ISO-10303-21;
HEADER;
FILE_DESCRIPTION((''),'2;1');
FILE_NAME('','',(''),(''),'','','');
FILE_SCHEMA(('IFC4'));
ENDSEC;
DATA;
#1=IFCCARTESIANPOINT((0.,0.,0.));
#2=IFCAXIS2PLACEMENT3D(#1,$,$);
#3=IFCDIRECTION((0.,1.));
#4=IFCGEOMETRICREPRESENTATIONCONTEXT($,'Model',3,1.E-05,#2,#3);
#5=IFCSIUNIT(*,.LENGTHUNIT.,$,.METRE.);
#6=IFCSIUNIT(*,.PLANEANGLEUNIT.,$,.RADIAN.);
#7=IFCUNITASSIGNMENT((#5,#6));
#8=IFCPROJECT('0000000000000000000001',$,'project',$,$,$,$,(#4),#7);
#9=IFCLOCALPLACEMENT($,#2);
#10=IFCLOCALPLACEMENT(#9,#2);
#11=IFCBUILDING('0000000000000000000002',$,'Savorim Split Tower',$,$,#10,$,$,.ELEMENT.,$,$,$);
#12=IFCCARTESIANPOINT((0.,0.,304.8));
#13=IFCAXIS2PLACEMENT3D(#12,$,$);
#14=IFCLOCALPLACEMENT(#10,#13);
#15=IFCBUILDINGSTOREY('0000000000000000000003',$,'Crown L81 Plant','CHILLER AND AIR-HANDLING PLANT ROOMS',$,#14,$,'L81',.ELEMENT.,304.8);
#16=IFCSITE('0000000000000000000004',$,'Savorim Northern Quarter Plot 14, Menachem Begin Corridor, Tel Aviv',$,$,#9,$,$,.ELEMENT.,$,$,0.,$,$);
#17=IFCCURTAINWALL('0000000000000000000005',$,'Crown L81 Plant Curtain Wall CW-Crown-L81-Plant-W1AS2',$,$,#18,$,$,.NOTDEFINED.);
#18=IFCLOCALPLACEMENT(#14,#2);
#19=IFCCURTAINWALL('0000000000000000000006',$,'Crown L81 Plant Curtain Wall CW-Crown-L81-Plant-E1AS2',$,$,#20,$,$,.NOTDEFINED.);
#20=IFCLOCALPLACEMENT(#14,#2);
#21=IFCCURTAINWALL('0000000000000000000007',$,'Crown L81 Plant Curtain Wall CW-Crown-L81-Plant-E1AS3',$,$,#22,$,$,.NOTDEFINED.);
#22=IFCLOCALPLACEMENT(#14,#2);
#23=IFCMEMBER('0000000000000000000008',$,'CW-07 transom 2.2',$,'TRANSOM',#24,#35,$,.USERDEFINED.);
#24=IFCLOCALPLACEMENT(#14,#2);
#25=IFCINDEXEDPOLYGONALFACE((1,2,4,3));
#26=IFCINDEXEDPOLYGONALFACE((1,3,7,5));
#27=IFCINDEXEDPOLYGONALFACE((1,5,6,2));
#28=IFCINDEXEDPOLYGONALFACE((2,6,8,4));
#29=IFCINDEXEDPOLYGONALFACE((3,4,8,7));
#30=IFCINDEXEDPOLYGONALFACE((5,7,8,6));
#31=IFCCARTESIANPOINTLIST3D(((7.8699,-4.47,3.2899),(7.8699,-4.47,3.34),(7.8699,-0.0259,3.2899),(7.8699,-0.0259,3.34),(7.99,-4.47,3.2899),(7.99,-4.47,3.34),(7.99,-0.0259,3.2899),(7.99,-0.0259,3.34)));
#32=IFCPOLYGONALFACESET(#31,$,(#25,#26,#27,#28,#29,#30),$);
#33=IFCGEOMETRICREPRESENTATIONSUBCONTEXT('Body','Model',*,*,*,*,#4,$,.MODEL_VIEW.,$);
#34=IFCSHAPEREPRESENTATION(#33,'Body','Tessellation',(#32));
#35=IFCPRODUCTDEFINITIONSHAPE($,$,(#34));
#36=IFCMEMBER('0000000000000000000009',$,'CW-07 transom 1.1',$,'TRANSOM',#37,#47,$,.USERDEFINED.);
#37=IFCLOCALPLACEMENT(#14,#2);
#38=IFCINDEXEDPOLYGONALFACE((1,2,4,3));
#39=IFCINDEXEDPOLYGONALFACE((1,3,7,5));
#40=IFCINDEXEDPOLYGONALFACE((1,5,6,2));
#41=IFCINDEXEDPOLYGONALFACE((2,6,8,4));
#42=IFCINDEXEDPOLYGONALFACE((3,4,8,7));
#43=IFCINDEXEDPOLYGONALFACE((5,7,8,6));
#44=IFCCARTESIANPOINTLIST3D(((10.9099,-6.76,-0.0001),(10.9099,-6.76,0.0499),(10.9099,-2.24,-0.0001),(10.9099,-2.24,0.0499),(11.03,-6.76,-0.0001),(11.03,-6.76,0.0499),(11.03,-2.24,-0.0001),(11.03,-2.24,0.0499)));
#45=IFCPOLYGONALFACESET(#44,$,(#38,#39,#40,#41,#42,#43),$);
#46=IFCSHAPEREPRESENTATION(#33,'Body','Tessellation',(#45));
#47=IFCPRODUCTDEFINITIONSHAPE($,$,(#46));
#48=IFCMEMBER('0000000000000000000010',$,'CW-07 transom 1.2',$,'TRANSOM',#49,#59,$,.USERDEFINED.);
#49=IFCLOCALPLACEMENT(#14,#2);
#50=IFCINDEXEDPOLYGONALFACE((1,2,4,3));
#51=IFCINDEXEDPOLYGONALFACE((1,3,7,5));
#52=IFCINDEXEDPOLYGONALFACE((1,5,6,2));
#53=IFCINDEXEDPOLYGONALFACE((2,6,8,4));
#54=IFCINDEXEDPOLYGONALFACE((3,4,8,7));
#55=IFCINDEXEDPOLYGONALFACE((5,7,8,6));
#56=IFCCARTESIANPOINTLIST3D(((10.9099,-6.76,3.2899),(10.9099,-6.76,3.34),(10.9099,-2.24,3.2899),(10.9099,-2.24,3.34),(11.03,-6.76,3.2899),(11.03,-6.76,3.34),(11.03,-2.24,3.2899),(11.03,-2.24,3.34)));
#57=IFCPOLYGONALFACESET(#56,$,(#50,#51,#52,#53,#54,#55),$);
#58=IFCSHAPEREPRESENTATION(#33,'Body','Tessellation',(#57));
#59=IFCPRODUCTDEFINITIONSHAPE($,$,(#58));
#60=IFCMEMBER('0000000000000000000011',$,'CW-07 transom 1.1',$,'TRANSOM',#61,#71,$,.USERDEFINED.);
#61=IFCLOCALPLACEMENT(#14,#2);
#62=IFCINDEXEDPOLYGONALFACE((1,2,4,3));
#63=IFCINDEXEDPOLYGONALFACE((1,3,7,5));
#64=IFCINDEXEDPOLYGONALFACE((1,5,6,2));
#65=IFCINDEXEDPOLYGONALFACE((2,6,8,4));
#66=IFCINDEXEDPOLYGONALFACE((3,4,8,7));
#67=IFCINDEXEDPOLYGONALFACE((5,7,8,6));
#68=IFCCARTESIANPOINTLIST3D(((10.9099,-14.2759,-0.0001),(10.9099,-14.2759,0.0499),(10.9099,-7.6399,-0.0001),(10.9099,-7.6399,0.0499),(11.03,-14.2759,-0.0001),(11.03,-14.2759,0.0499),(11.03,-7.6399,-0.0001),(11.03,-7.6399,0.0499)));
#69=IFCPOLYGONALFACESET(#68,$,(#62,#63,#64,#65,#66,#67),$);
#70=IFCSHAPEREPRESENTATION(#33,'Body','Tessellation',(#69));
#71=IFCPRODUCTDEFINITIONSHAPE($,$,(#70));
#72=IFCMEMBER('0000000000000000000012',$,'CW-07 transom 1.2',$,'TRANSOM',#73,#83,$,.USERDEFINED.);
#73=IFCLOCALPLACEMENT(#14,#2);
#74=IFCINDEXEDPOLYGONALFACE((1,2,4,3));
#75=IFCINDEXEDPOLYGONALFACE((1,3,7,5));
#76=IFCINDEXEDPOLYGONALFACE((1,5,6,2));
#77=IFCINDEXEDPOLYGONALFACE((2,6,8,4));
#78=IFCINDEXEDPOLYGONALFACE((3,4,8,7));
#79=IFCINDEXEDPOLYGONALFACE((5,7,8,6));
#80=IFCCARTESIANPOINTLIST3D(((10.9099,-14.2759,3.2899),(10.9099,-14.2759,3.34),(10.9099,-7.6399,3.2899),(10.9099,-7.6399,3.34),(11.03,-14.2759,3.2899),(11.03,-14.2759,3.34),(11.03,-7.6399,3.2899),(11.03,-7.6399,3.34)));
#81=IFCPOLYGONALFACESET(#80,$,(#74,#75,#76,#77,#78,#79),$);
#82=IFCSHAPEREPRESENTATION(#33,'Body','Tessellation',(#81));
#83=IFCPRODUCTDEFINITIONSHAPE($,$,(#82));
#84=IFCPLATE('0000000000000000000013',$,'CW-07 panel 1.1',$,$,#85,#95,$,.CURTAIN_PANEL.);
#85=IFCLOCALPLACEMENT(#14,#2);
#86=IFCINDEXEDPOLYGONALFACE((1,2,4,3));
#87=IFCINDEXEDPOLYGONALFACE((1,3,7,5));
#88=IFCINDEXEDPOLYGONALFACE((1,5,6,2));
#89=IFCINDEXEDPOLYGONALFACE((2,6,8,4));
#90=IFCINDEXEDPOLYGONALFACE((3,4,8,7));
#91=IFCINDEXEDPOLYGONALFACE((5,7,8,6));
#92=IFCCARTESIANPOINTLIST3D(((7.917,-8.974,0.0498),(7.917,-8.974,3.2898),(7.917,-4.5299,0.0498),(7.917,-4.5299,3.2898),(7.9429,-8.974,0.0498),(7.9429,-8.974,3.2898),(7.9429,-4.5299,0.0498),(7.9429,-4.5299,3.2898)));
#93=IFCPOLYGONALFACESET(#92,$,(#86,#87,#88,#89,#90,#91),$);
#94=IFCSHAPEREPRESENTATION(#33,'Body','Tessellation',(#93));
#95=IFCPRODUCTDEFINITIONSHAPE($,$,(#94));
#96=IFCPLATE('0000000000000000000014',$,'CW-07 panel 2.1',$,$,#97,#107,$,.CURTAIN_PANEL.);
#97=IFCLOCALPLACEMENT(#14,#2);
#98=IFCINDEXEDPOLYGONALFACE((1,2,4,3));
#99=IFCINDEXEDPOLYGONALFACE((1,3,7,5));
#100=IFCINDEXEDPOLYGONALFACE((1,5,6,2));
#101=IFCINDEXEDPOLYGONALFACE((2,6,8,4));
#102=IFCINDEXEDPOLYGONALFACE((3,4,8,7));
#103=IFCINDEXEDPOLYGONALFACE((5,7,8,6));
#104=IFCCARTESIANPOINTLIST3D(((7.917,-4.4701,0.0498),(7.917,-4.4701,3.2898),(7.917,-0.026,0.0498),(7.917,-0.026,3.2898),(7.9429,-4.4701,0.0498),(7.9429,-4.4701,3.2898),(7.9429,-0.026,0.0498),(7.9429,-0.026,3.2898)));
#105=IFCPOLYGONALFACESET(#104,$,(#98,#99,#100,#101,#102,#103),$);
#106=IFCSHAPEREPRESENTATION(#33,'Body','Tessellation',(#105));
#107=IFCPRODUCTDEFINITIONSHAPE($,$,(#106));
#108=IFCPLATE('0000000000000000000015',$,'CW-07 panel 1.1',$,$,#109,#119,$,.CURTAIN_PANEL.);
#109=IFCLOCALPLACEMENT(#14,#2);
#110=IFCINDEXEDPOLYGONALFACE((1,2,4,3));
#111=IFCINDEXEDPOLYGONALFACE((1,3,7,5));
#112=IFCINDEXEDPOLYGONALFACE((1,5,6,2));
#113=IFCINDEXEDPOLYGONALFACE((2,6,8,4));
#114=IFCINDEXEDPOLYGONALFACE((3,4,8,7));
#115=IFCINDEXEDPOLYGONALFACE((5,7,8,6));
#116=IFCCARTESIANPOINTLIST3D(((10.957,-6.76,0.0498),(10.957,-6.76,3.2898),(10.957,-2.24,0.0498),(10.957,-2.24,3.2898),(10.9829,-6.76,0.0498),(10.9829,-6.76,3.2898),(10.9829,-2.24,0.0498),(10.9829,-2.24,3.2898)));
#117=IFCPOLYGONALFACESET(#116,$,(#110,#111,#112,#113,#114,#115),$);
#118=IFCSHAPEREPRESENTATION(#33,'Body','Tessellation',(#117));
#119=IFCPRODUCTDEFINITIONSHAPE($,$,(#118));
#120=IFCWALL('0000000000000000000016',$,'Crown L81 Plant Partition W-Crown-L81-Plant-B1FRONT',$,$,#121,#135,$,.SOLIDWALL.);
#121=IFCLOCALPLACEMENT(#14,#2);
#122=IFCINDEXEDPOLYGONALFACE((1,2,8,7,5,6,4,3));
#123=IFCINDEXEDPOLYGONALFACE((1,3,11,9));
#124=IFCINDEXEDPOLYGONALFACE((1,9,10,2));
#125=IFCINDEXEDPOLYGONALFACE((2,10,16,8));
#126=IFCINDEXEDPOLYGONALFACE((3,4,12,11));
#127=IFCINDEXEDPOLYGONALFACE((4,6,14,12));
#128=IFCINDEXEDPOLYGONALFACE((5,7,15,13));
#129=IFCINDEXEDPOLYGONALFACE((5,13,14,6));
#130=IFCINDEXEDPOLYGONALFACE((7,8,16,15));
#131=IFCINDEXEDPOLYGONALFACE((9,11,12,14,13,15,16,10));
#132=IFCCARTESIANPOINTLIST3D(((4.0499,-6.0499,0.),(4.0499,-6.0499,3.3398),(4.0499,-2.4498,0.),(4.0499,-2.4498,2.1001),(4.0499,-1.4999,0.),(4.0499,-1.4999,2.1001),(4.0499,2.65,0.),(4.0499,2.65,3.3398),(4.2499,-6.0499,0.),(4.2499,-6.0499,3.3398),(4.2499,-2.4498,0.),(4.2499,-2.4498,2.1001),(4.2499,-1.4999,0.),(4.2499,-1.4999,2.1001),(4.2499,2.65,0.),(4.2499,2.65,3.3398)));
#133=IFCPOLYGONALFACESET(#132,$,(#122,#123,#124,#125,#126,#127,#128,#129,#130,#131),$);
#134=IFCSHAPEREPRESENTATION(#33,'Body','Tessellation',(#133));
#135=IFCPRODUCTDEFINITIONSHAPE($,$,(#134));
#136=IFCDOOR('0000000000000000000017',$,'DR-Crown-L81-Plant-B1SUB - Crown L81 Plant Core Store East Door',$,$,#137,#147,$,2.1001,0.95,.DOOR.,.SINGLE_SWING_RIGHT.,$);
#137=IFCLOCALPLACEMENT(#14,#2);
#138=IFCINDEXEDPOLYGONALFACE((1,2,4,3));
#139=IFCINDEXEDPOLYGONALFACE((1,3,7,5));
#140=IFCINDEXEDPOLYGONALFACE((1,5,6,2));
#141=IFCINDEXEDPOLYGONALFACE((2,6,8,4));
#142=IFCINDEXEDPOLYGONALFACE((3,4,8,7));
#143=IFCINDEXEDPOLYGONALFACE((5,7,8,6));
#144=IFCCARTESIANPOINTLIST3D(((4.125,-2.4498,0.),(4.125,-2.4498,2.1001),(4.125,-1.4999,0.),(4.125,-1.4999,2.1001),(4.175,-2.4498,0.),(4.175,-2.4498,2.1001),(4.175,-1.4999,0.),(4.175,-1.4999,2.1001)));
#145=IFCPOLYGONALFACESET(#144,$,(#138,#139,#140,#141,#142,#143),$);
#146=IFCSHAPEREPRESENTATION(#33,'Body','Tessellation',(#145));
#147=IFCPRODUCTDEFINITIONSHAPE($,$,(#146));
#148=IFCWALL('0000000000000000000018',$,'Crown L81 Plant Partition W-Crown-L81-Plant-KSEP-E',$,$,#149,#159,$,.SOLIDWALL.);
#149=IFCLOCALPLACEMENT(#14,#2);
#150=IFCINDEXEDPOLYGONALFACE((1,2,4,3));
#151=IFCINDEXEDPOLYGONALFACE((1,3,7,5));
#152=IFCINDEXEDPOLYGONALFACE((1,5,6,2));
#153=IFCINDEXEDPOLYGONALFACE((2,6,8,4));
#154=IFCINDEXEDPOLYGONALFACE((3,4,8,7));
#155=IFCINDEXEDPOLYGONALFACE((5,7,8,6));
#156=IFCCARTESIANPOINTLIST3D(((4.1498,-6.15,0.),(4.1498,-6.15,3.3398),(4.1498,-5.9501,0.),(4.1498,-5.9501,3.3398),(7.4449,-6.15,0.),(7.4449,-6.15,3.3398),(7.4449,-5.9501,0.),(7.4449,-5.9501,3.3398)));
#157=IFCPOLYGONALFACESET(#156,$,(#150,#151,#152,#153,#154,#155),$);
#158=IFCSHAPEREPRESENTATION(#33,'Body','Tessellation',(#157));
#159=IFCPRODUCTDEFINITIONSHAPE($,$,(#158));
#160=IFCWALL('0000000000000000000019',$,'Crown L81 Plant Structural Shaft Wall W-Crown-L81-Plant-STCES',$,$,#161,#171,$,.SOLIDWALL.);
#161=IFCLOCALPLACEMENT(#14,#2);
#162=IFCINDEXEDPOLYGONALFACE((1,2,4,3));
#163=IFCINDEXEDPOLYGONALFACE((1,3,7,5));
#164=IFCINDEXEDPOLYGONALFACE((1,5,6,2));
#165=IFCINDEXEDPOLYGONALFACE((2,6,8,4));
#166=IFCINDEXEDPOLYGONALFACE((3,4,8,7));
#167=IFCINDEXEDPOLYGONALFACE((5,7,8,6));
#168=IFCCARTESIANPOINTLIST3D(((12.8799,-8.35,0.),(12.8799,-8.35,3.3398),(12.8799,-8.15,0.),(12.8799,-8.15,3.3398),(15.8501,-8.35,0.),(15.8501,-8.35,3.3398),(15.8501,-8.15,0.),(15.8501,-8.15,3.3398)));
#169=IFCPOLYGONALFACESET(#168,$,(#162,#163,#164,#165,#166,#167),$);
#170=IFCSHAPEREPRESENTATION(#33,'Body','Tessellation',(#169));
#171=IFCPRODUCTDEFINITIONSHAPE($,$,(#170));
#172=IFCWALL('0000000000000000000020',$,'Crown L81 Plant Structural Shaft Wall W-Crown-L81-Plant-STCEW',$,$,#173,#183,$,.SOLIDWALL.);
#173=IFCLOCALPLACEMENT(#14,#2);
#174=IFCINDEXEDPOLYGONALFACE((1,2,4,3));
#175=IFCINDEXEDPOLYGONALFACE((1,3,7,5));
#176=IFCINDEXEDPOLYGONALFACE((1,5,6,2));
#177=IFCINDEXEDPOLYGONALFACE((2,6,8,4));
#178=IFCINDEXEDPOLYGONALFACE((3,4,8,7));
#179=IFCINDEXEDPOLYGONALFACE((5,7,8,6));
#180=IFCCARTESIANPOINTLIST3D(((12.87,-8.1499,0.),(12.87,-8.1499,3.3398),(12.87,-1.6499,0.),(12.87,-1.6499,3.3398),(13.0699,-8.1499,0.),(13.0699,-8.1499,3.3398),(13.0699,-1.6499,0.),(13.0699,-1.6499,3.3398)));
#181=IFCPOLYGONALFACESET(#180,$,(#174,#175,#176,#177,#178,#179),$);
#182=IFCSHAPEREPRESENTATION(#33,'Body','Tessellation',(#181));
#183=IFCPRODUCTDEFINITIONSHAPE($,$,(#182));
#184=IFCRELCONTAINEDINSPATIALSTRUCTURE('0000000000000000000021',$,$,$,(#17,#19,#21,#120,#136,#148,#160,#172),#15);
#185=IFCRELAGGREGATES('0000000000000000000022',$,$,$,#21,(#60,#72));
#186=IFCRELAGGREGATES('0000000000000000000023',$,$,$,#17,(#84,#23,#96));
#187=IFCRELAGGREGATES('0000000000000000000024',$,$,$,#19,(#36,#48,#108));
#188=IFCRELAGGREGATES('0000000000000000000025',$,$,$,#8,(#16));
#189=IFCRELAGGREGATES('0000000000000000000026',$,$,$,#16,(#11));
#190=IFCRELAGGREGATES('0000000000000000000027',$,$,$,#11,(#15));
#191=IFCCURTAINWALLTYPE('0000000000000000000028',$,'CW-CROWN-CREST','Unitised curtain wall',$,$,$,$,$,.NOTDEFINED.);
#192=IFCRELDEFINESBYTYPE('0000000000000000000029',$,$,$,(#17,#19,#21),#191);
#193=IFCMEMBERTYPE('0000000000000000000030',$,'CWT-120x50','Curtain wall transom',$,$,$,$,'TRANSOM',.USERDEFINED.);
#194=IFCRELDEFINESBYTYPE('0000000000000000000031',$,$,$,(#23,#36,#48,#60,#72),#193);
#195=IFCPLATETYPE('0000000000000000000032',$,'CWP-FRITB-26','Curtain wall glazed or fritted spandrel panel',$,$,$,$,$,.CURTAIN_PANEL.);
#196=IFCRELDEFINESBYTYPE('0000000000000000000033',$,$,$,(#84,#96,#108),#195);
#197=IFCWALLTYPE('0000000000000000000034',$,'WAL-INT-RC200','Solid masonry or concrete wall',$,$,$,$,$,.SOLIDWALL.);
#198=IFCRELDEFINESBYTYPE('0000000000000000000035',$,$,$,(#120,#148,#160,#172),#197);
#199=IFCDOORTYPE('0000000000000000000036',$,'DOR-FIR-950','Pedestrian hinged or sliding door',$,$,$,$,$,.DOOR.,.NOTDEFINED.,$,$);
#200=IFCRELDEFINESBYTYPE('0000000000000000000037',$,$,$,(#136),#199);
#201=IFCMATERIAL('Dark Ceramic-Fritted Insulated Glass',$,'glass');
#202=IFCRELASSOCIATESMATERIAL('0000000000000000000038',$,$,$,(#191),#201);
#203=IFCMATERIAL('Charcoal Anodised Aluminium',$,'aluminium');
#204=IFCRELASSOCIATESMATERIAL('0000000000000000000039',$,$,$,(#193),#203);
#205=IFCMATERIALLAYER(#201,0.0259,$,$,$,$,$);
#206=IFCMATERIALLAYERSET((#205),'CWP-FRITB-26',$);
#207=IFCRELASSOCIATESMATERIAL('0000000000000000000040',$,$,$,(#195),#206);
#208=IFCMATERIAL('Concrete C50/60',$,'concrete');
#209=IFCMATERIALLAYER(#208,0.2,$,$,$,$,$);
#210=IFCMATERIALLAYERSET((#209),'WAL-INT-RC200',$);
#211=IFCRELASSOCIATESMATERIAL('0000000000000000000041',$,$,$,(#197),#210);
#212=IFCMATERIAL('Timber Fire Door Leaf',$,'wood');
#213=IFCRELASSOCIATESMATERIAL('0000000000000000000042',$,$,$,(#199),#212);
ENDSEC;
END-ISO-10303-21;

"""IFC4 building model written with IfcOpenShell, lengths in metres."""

from ifc_helpers import new_model, si_unit, direction, frame, frame_2d, origin, origin_2d, place, context, subcontext, project, spatial, rectangle, extrude, material, layer, layer_set, material_profile, profile_set, type_object, element, fill, aggregate, save


model = new_model("IFC4")

# Units and contexts
model_context = context("Model", 3, precision=1e-05, world=origin(), true_north=direction((0.0, 1.0)))
body_context = subcontext(model_context, "Body", "Model", "MODEL_VIEW")
ifc_project = project(units=[si_unit("LENGTHUNIT", "METRE"), si_unit("PLANEANGLEUNIT", "RADIAN")], contexts=[model_context])

# Site, building, storey
site_placement = place(None, origin())
site = spatial("IfcSite", under=ifc_project, at=site_placement, Name="Savorim Northern Quarter Plot 14, Menachem Begin Corridor, Tel Aviv", CompositionType="ELEMENT", RefElevation=0.0)
building_placement = place(site_placement, origin())
building = spatial("IfcBuilding", under=site, at=building_placement, Name="Savorim Split Tower", CompositionType="ELEMENT")
storey_placement = place(building_placement, frame((0.0, 0.0, 304.8)))
storey = spatial("IfcBuildingStorey", under=building, at=storey_placement, Name="Crown L81 Plant", Description="CHILLER AND AIR-HANDLING PLANT ROOMS", LongName="L81", CompositionType="ELEMENT", Elevation=304.8)

# Curtain wall
ifc_material_1 = material(Name="Dark Ceramic-Fritted Insulated Glass", Category="glass")
curtain_wall_type = type_object("IfcCurtainWallType", Name="CW-CROWN-CREST", Description="Unitised curtain wall", PredefinedType="NOTDEFINED", material=ifc_material_1)
curtain_wall_1_placement = place(storey_placement, origin())
curtain_wall_1 = element("IfcCurtainWall", 1, at=curtain_wall_1_placement, inside=storey, type_object=curtain_wall_type, Name="Crown L81 Plant Curtain Wall CW-Crown-L81-Plant-W1AS2", PredefinedType="NOTDEFINED")
ifc_material_2 = material(Name="Charcoal Anodised Aluminium", Category="aluminium")

# Curtain walls
curtain_wall_2_placement = place(storey_placement, origin())
curtain_wall_2 = element("IfcCurtainWall", 2, at=curtain_wall_2_placement, inside=storey, type_object=curtain_wall_type, Name="Crown L81 Plant Curtain Wall CW-Crown-L81-Plant-E1AS2", PredefinedType="NOTDEFINED")
curtain_wall_3_placement = place(storey_placement, origin())
curtain_wall_3 = element("IfcCurtainWall", 3, at=curtain_wall_3_placement, inside=storey, type_object=curtain_wall_type, Name="Crown L81 Plant Curtain Wall CW-Crown-L81-Plant-E1AS3", PredefinedType="NOTDEFINED")

# Members
ifc_material_profile_1 = material_profile(ifc_material_2, rectangle(XDim=0.1201, YDim=0.05, at=origin_2d()), Name="ALU-T 120x50")
ifc_profile_set_1 = profile_set([ifc_material_profile_1], Name="Charcoal Anodised Aluminium")
member_type_1 = type_object("IfcMemberType", Name="CWT-120x50", Description="Curtain wall transom", ElementType="TRANSOM", PredefinedType="USERDEFINED", material=ifc_profile_set_1)
member_1_placement = place(storey_placement, frame((7.9299, -4.47, 3.3149), z_axis=(0.0, 1.0, 0.0), x_axis=(-1.0, 0.0, 0.0)))
member_1 = element("IfcMember", 4, at=member_1_placement, type_object=member_type_1, Name="CW-07 transom 2.2", ObjectType="TRANSOM", PredefinedType="USERDEFINED", context=body_context, shape_type="SweptSolid", body=[
    extrude(rectangle(XDim=0.1201, YDim=0.05, at=origin_2d()), origin(), (0.0, 0.0, 1.0), 4.4441),
])
member_2_placement = place(storey_placement, frame((10.97, -2.24, 0.0249), z_axis=(0.0, -1.0, 0.0), x_axis=(1.0, 0.0, 0.0)))
member_2 = element("IfcMember", 5, at=member_2_placement, type_object=member_type_1, Name="CW-07 transom 1.1", ObjectType="TRANSOM", PredefinedType="USERDEFINED", context=body_context, shape_type="SweptSolid", body=[
    extrude(rectangle(XDim=0.1201, YDim=0.05, at=origin_2d()), origin(), (0.0, 0.0, 1.0), 4.52),
])
member_3_placement = place(storey_placement, frame((10.97, -2.24, 3.3149), z_axis=(0.0, -1.0, 0.0), x_axis=(1.0, 0.0, 0.0)))
member_3 = element("IfcMember", 6, at=member_3_placement, type_object=member_type_1, Name="CW-07 transom 1.2", ObjectType="TRANSOM", PredefinedType="USERDEFINED", context=body_context, shape_type="SweptSolid", body=[
    extrude(rectangle(XDim=0.1201, YDim=0.05, at=origin_2d()), origin(), (0.0, 0.0, 1.0), 4.52),
])
member_4_placement = place(storey_placement, frame((10.97, -7.6399, 0.0249), z_axis=(0.0, -1.0, 0.0), x_axis=(1.0, 0.0, 0.0)))
member_4 = element("IfcMember", 7, at=member_4_placement, type_object=member_type_1, Name="CW-07 transom 1.1", ObjectType="TRANSOM", PredefinedType="USERDEFINED", context=body_context, shape_type="SweptSolid", body=[
    extrude(rectangle(XDim=0.1201, YDim=0.05, at=origin_2d()), origin(), (0.0, 0.0, 1.0), 6.636),
])
member_5_placement = place(storey_placement, frame((10.97, -7.6399, 3.3149), z_axis=(0.0, -1.0, 0.0), x_axis=(1.0, 0.0, 0.0)))
member_5 = element("IfcMember", 8, at=member_5_placement, type_object=member_type_1, Name="CW-07 transom 1.2", ObjectType="TRANSOM", PredefinedType="USERDEFINED", context=body_context, shape_type="SweptSolid", body=[
    extrude(rectangle(XDim=0.1201, YDim=0.05, at=origin_2d()), origin(), (0.0, 0.0, 1.0), 6.636),
])
aggregate(curtain_wall_3, [member_4, member_5])

# Plates
ifc_layer_1 = layer(ifc_material_1, 0.0259)
ifc_layer_set_1 = layer_set([ifc_layer_1], Name="CWP-FRITB-26")
plate_type = type_object("IfcPlateType", Name="CWP-FRITB-26", Description="Curtain wall glazed or fritted spandrel panel", PredefinedType="CURTAIN_PANEL", material=ifc_layer_set_1)
plate_1_placement = place(storey_placement, frame((7.9299, -6.752, 0.0498), z_axis=(0.0, 0.0, 1.0), x_axis=(0.0, 1.0, 0.0)))
plate_1 = element("IfcPlate", 9, at=plate_1_placement, type_object=plate_type, Name="CW-07 panel 1.1", PredefinedType="CURTAIN_PANEL", context=body_context, shape_type="SweptSolid", body=[
    extrude(rectangle(XDim=4.4441, YDim=0.0259, at=origin_2d()), origin(), (0.0, 0.0, 1.0), 3.24),
])
plate_2_placement = place(storey_placement, frame((7.9299, -2.248, 0.0498), z_axis=(0.0, 0.0, 1.0), x_axis=(0.0, 1.0, 0.0)))
plate_2 = element("IfcPlate", 10, at=plate_2_placement, type_object=plate_type, Name="CW-07 panel 2.1", PredefinedType="CURTAIN_PANEL", context=body_context, shape_type="SweptSolid", body=[
    extrude(rectangle(XDim=4.4441, YDim=0.0259, at=origin_2d()), origin(), (0.0, 0.0, 1.0), 3.24),
])
aggregate(curtain_wall_1, [plate_1, member_1, plate_2])
plate_3_placement = place(storey_placement, frame((10.97, -4.5, 0.0498), z_axis=(0.0, 0.0, 1.0), x_axis=(0.0, -1.0, 0.0)))
plate_3 = element("IfcPlate", 11, at=plate_3_placement, type_object=plate_type, Name="CW-07 panel 1.1", PredefinedType="CURTAIN_PANEL", context=body_context, shape_type="SweptSolid", body=[
    extrude(rectangle(XDim=4.52, YDim=0.0259, at=origin_2d()), origin(), (0.0, 0.0, 1.0), 3.24),
])
aggregate(curtain_wall_2, [member_2, member_3, plate_3])

# Wall, opening, door
ifc_material_3 = material(Name="Concrete C50/60", Category="concrete")
ifc_layer_2 = layer(ifc_material_3, 0.2)
ifc_layer_set_2 = layer_set([ifc_layer_2], Name="WAL-INT-RC200")
wall_type = type_object("IfcWallType", Name="WAL-INT-RC200", Description="Solid masonry or concrete wall", PredefinedType="SOLIDWALL", material=ifc_layer_set_2)
wall_1_placement = place(storey_placement, frame((4.1499, -6.05, 0.0), z_axis=(0.0, 0.0, 1.0), x_axis=(0.0, 1.0, 0.0)))
wall_1 = element("IfcWall", 12, at=wall_1_placement, inside=storey, type_object=wall_type, Name="Crown L81 Plant Partition W-Crown-L81-Plant-B1FRONT", PredefinedType="SOLIDWALL", context=body_context, shape_type="SweptSolid", body=[
    extrude(rectangle(XDim=8.7, YDim=0.2, at=frame_2d((4.3501, 0.0))), origin(), (0.0, 0.0, 1.0), 3.3398),
])
opening_placement = place(wall_1_placement, frame((3.6001, 0.0, 0.0)))
opening = element("IfcOpeningElement", 13, at=opening_placement, cuts=wall_1, PredefinedType="OPENING", context=body_context, shape_type="SweptSolid", body=[
    extrude(rectangle(XDim=0.95, YDim=2.1001, at=frame_2d((0.4751, 1.05))), frame((0.0, 0.1099, 0.0), z_axis=(0.0, -1.0, 0.0), x_axis=(1.0, 0.0, 0.0)), (0.0, 0.0, 1.0), 0.22),
])
ifc_material_4 = material(Name="Timber Fire Door Leaf", Category="wood")
door_type = type_object("IfcDoorType", Name="DOR-FIR-950", Description="Pedestrian hinged or sliding door", OperationType="NOTDEFINED", PredefinedType="DOOR", material=ifc_material_4)
door_placement = place(opening_placement, origin())
door = element("IfcDoor", 14, at=door_placement, inside=storey, type_object=door_type, Name="DR-Crown-L81-Plant-B1SUB - Crown L81 Plant Core Store East Door", OperationType="SINGLE_SWING_RIGHT", OverallHeight=2.1001, OverallWidth=0.95, PredefinedType="DOOR", context=body_context, shape_type="SweptSolid", body=[
    extrude(rectangle(XDim=0.95, YDim=2.1001, at=frame_2d((0.4751, 1.05))), frame((0.0, 0.0249, 0.0), z_axis=(0.0, -1.0, 0.0), x_axis=(1.0, 0.0, 0.0)), (0.0, 0.0, 1.0), 0.05),
])
fill(opening, door)

# Walls
wall_2_placement = place(storey_placement, frame((4.1499, -6.05, 0.0), z_axis=(0.0, 0.0, 1.0), x_axis=(1.0, 0.0, 0.0)))
element("IfcWall", 15, at=wall_2_placement, inside=storey, type_object=wall_type, Name="Crown L81 Plant Partition W-Crown-L81-Plant-KSEP-E", PredefinedType="SOLIDWALL", context=body_context, shape_type="SweptSolid", body=[
    extrude(rectangle(XDim=3.2952, YDim=0.2, at=frame_2d((1.6475, 0.0))), origin(), (0.0, 0.0, 1.0), 3.3398),
])
wall_3_placement = place(storey_placement, frame((12.8799, -8.25, 0.0), z_axis=(0.0, 0.0, 1.0), x_axis=(1.0, 0.0, 0.0)))
element("IfcWall", 16, at=wall_3_placement, inside=storey, type_object=wall_type, Name="Crown L81 Plant Structural Shaft Wall W-Crown-L81-Plant-STCES", PredefinedType="SOLIDWALL", context=body_context, shape_type="SweptSolid", body=[
    extrude(rectangle(XDim=2.9702, YDim=0.2, at=frame_2d((1.4851, 0.0))), origin(), (0.0, 0.0, 1.0), 3.3398),
])
wall_4_placement = place(storey_placement, frame((12.97, -8.1499, 0.0), z_axis=(0.0, 0.0, 1.0), x_axis=(0.0, 1.0, 0.0)))
element("IfcWall", 17, at=wall_4_placement, inside=storey, type_object=wall_type, Name="Crown L81 Plant Structural Shaft Wall W-Crown-L81-Plant-STCEW", PredefinedType="SOLIDWALL", context=body_context, shape_type="SweptSolid", body=[
    extrude(rectangle(XDim=6.5, YDim=0.2, at=frame_2d((3.25, 0.0))), origin(), (0.0, 0.0, 1.0), 3.3398),
])

save(model, "model.ifc")
